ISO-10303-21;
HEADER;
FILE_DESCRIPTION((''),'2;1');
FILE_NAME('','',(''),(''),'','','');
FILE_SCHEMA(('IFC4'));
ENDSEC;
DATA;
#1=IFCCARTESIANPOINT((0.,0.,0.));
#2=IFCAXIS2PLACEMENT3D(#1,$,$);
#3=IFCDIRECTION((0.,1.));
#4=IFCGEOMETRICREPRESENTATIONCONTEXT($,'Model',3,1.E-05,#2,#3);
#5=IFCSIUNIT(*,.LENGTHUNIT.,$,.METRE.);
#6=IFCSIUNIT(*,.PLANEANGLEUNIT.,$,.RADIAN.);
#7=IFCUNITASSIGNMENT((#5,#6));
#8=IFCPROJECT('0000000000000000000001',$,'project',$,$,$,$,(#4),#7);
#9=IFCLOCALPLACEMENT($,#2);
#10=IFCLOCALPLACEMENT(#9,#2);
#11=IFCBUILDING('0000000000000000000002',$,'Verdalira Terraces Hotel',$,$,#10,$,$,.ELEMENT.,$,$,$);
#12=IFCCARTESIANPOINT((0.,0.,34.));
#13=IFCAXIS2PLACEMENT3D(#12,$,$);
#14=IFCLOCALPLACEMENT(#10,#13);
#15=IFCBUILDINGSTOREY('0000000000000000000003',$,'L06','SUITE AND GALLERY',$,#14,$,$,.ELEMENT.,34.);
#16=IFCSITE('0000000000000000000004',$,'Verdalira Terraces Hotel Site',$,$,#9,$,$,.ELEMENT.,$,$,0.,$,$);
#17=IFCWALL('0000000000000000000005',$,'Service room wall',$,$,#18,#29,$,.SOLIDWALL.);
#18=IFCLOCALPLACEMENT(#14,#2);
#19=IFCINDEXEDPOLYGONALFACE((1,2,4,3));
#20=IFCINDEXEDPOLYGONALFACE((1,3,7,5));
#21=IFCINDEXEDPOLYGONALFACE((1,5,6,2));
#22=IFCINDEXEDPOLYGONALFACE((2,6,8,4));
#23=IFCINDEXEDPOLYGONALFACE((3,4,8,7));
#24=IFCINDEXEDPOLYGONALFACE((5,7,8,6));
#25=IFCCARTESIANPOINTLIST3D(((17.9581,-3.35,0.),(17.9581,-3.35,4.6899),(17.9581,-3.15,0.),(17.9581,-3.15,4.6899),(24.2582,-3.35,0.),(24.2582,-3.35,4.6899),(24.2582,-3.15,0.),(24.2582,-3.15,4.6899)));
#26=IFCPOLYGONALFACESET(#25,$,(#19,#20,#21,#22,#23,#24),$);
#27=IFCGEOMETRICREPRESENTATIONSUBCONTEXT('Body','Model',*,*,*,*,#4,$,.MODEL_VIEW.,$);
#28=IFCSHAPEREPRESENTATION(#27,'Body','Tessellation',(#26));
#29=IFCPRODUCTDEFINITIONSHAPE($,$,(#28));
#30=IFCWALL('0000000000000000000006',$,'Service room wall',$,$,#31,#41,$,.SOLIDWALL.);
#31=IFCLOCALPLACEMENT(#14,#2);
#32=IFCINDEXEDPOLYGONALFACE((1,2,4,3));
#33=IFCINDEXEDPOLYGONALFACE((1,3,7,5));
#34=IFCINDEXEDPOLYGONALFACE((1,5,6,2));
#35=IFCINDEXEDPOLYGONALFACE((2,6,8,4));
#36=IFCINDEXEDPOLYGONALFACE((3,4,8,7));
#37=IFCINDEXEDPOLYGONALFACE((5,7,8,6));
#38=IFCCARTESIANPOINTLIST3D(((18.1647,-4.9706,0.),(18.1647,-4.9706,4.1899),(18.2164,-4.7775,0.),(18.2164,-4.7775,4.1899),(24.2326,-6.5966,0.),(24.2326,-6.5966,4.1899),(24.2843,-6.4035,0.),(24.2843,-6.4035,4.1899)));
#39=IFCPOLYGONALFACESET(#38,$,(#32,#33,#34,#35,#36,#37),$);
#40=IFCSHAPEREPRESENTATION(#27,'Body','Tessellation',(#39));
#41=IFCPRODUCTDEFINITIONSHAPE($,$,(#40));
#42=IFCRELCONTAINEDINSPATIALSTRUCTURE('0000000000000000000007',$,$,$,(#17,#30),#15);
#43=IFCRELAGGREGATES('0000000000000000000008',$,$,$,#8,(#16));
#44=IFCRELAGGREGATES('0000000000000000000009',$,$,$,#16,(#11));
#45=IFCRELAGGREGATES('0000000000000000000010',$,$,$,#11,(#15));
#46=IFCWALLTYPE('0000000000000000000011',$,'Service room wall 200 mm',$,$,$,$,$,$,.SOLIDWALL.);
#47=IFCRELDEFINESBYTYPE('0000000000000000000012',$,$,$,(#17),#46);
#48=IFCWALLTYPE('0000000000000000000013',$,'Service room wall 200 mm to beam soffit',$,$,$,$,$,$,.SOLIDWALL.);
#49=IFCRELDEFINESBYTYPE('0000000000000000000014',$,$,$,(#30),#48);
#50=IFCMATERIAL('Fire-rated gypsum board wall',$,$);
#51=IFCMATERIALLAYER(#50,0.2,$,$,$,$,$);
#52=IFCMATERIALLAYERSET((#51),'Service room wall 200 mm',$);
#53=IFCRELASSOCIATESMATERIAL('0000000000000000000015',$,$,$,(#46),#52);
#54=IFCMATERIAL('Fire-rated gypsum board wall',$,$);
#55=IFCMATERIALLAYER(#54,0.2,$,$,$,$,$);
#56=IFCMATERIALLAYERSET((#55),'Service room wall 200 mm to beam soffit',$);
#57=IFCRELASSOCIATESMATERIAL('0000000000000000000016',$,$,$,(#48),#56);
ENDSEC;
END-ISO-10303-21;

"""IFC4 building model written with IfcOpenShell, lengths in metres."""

from ifc_helpers import new_model, si_unit, direction, frame, frame_2d, origin, place, context, subcontext, project, spatial, rectangle, extrude, material, layer, layer_set, type_object, element, save


model = new_model("IFC4")

# Units and contexts
model_context = context("Model", 3, precision=1e-05, world=origin(), true_north=direction((0.0, 1.0)))
body_context = subcontext(model_context, "Body", "Model", "MODEL_VIEW")
ifc_project = project(units=[si_unit("LENGTHUNIT", "METRE"), si_unit("PLANEANGLEUNIT", "RADIAN")], contexts=[model_context])

# Site, building, storey
site_placement = place(None, origin())
site = spatial("IfcSite", under=ifc_project, at=site_placement, Name="Verdalira Terraces Hotel Site", CompositionType="ELEMENT", RefElevation=0.0)
building_placement = place(site_placement, origin())
building = spatial("IfcBuilding", under=site, at=building_placement, Name="Verdalira Terraces Hotel", CompositionType="ELEMENT")
storey_placement = place(building_placement, frame((0.0, 0.0, 34.0)))
storey = spatial("IfcBuildingStorey", under=building, at=storey_placement, Name="L06", Description="SUITE AND GALLERY", CompositionType="ELEMENT", Elevation=34.0)

# Walls
ifc_material_1 = material(Name="Fire-rated gypsum board wall")
ifc_layer_1 = layer(ifc_material_1, 0.2)
ifc_layer_set_1 = layer_set([ifc_layer_1], Name="Service room wall 200 mm")
wall_type_1 = type_object("IfcWallType", Name="Service room wall 200 mm", PredefinedType="SOLIDWALL", material=ifc_layer_set_1)
wall_1_placement = place(storey_placement, frame((17.9583, -3.25, 0.0), z_axis=(0.0, 0.0, 1.0), x_axis=(1.0, 0.0, 0.0)))
element("IfcWall", 1, at=wall_1_placement, inside=storey, type_object=wall_type_1, Name="Service room wall", PredefinedType="SOLIDWALL", context=body_context, shape_type="SweptSolid", body=[
    extrude(rectangle(XDim=6.3, YDim=0.2, at=frame_2d((3.1499, 0.0))), origin(), (0.0, 0.0, 1.0), 4.6899),
])
ifc_material_2 = material(Name="Fire-rated gypsum board wall")
ifc_layer_2 = layer(ifc_material_2, 0.2)
ifc_layer_set_2 = layer_set([ifc_layer_2], Name="Service room wall 200 mm to beam soffit")
wall_type_2 = type_object("IfcWallType", Name="Service room wall 200 mm to beam soffit", PredefinedType="SOLIDWALL", material=ifc_layer_set_2)
wall_2_placement = place(storey_placement, frame((18.1904, -4.874, 0.0), z_axis=(0.0, 0.0, 1.0), x_axis=(0.965922, -0.258833, 0.0)))
element("IfcWall", 2, at=wall_2_placement, inside=storey, type_object=wall_type_2, Name="Service room wall", PredefinedType="SOLIDWALL", context=body_context, shape_type="SweptSolid", body=[
    extrude(rectangle(XDim=6.282, YDim=0.2, at=frame_2d((3.1411, 0.0))), origin(), (0.0, 0.0, 1.0), 4.1899),
])

save(model, "model.ifc")
